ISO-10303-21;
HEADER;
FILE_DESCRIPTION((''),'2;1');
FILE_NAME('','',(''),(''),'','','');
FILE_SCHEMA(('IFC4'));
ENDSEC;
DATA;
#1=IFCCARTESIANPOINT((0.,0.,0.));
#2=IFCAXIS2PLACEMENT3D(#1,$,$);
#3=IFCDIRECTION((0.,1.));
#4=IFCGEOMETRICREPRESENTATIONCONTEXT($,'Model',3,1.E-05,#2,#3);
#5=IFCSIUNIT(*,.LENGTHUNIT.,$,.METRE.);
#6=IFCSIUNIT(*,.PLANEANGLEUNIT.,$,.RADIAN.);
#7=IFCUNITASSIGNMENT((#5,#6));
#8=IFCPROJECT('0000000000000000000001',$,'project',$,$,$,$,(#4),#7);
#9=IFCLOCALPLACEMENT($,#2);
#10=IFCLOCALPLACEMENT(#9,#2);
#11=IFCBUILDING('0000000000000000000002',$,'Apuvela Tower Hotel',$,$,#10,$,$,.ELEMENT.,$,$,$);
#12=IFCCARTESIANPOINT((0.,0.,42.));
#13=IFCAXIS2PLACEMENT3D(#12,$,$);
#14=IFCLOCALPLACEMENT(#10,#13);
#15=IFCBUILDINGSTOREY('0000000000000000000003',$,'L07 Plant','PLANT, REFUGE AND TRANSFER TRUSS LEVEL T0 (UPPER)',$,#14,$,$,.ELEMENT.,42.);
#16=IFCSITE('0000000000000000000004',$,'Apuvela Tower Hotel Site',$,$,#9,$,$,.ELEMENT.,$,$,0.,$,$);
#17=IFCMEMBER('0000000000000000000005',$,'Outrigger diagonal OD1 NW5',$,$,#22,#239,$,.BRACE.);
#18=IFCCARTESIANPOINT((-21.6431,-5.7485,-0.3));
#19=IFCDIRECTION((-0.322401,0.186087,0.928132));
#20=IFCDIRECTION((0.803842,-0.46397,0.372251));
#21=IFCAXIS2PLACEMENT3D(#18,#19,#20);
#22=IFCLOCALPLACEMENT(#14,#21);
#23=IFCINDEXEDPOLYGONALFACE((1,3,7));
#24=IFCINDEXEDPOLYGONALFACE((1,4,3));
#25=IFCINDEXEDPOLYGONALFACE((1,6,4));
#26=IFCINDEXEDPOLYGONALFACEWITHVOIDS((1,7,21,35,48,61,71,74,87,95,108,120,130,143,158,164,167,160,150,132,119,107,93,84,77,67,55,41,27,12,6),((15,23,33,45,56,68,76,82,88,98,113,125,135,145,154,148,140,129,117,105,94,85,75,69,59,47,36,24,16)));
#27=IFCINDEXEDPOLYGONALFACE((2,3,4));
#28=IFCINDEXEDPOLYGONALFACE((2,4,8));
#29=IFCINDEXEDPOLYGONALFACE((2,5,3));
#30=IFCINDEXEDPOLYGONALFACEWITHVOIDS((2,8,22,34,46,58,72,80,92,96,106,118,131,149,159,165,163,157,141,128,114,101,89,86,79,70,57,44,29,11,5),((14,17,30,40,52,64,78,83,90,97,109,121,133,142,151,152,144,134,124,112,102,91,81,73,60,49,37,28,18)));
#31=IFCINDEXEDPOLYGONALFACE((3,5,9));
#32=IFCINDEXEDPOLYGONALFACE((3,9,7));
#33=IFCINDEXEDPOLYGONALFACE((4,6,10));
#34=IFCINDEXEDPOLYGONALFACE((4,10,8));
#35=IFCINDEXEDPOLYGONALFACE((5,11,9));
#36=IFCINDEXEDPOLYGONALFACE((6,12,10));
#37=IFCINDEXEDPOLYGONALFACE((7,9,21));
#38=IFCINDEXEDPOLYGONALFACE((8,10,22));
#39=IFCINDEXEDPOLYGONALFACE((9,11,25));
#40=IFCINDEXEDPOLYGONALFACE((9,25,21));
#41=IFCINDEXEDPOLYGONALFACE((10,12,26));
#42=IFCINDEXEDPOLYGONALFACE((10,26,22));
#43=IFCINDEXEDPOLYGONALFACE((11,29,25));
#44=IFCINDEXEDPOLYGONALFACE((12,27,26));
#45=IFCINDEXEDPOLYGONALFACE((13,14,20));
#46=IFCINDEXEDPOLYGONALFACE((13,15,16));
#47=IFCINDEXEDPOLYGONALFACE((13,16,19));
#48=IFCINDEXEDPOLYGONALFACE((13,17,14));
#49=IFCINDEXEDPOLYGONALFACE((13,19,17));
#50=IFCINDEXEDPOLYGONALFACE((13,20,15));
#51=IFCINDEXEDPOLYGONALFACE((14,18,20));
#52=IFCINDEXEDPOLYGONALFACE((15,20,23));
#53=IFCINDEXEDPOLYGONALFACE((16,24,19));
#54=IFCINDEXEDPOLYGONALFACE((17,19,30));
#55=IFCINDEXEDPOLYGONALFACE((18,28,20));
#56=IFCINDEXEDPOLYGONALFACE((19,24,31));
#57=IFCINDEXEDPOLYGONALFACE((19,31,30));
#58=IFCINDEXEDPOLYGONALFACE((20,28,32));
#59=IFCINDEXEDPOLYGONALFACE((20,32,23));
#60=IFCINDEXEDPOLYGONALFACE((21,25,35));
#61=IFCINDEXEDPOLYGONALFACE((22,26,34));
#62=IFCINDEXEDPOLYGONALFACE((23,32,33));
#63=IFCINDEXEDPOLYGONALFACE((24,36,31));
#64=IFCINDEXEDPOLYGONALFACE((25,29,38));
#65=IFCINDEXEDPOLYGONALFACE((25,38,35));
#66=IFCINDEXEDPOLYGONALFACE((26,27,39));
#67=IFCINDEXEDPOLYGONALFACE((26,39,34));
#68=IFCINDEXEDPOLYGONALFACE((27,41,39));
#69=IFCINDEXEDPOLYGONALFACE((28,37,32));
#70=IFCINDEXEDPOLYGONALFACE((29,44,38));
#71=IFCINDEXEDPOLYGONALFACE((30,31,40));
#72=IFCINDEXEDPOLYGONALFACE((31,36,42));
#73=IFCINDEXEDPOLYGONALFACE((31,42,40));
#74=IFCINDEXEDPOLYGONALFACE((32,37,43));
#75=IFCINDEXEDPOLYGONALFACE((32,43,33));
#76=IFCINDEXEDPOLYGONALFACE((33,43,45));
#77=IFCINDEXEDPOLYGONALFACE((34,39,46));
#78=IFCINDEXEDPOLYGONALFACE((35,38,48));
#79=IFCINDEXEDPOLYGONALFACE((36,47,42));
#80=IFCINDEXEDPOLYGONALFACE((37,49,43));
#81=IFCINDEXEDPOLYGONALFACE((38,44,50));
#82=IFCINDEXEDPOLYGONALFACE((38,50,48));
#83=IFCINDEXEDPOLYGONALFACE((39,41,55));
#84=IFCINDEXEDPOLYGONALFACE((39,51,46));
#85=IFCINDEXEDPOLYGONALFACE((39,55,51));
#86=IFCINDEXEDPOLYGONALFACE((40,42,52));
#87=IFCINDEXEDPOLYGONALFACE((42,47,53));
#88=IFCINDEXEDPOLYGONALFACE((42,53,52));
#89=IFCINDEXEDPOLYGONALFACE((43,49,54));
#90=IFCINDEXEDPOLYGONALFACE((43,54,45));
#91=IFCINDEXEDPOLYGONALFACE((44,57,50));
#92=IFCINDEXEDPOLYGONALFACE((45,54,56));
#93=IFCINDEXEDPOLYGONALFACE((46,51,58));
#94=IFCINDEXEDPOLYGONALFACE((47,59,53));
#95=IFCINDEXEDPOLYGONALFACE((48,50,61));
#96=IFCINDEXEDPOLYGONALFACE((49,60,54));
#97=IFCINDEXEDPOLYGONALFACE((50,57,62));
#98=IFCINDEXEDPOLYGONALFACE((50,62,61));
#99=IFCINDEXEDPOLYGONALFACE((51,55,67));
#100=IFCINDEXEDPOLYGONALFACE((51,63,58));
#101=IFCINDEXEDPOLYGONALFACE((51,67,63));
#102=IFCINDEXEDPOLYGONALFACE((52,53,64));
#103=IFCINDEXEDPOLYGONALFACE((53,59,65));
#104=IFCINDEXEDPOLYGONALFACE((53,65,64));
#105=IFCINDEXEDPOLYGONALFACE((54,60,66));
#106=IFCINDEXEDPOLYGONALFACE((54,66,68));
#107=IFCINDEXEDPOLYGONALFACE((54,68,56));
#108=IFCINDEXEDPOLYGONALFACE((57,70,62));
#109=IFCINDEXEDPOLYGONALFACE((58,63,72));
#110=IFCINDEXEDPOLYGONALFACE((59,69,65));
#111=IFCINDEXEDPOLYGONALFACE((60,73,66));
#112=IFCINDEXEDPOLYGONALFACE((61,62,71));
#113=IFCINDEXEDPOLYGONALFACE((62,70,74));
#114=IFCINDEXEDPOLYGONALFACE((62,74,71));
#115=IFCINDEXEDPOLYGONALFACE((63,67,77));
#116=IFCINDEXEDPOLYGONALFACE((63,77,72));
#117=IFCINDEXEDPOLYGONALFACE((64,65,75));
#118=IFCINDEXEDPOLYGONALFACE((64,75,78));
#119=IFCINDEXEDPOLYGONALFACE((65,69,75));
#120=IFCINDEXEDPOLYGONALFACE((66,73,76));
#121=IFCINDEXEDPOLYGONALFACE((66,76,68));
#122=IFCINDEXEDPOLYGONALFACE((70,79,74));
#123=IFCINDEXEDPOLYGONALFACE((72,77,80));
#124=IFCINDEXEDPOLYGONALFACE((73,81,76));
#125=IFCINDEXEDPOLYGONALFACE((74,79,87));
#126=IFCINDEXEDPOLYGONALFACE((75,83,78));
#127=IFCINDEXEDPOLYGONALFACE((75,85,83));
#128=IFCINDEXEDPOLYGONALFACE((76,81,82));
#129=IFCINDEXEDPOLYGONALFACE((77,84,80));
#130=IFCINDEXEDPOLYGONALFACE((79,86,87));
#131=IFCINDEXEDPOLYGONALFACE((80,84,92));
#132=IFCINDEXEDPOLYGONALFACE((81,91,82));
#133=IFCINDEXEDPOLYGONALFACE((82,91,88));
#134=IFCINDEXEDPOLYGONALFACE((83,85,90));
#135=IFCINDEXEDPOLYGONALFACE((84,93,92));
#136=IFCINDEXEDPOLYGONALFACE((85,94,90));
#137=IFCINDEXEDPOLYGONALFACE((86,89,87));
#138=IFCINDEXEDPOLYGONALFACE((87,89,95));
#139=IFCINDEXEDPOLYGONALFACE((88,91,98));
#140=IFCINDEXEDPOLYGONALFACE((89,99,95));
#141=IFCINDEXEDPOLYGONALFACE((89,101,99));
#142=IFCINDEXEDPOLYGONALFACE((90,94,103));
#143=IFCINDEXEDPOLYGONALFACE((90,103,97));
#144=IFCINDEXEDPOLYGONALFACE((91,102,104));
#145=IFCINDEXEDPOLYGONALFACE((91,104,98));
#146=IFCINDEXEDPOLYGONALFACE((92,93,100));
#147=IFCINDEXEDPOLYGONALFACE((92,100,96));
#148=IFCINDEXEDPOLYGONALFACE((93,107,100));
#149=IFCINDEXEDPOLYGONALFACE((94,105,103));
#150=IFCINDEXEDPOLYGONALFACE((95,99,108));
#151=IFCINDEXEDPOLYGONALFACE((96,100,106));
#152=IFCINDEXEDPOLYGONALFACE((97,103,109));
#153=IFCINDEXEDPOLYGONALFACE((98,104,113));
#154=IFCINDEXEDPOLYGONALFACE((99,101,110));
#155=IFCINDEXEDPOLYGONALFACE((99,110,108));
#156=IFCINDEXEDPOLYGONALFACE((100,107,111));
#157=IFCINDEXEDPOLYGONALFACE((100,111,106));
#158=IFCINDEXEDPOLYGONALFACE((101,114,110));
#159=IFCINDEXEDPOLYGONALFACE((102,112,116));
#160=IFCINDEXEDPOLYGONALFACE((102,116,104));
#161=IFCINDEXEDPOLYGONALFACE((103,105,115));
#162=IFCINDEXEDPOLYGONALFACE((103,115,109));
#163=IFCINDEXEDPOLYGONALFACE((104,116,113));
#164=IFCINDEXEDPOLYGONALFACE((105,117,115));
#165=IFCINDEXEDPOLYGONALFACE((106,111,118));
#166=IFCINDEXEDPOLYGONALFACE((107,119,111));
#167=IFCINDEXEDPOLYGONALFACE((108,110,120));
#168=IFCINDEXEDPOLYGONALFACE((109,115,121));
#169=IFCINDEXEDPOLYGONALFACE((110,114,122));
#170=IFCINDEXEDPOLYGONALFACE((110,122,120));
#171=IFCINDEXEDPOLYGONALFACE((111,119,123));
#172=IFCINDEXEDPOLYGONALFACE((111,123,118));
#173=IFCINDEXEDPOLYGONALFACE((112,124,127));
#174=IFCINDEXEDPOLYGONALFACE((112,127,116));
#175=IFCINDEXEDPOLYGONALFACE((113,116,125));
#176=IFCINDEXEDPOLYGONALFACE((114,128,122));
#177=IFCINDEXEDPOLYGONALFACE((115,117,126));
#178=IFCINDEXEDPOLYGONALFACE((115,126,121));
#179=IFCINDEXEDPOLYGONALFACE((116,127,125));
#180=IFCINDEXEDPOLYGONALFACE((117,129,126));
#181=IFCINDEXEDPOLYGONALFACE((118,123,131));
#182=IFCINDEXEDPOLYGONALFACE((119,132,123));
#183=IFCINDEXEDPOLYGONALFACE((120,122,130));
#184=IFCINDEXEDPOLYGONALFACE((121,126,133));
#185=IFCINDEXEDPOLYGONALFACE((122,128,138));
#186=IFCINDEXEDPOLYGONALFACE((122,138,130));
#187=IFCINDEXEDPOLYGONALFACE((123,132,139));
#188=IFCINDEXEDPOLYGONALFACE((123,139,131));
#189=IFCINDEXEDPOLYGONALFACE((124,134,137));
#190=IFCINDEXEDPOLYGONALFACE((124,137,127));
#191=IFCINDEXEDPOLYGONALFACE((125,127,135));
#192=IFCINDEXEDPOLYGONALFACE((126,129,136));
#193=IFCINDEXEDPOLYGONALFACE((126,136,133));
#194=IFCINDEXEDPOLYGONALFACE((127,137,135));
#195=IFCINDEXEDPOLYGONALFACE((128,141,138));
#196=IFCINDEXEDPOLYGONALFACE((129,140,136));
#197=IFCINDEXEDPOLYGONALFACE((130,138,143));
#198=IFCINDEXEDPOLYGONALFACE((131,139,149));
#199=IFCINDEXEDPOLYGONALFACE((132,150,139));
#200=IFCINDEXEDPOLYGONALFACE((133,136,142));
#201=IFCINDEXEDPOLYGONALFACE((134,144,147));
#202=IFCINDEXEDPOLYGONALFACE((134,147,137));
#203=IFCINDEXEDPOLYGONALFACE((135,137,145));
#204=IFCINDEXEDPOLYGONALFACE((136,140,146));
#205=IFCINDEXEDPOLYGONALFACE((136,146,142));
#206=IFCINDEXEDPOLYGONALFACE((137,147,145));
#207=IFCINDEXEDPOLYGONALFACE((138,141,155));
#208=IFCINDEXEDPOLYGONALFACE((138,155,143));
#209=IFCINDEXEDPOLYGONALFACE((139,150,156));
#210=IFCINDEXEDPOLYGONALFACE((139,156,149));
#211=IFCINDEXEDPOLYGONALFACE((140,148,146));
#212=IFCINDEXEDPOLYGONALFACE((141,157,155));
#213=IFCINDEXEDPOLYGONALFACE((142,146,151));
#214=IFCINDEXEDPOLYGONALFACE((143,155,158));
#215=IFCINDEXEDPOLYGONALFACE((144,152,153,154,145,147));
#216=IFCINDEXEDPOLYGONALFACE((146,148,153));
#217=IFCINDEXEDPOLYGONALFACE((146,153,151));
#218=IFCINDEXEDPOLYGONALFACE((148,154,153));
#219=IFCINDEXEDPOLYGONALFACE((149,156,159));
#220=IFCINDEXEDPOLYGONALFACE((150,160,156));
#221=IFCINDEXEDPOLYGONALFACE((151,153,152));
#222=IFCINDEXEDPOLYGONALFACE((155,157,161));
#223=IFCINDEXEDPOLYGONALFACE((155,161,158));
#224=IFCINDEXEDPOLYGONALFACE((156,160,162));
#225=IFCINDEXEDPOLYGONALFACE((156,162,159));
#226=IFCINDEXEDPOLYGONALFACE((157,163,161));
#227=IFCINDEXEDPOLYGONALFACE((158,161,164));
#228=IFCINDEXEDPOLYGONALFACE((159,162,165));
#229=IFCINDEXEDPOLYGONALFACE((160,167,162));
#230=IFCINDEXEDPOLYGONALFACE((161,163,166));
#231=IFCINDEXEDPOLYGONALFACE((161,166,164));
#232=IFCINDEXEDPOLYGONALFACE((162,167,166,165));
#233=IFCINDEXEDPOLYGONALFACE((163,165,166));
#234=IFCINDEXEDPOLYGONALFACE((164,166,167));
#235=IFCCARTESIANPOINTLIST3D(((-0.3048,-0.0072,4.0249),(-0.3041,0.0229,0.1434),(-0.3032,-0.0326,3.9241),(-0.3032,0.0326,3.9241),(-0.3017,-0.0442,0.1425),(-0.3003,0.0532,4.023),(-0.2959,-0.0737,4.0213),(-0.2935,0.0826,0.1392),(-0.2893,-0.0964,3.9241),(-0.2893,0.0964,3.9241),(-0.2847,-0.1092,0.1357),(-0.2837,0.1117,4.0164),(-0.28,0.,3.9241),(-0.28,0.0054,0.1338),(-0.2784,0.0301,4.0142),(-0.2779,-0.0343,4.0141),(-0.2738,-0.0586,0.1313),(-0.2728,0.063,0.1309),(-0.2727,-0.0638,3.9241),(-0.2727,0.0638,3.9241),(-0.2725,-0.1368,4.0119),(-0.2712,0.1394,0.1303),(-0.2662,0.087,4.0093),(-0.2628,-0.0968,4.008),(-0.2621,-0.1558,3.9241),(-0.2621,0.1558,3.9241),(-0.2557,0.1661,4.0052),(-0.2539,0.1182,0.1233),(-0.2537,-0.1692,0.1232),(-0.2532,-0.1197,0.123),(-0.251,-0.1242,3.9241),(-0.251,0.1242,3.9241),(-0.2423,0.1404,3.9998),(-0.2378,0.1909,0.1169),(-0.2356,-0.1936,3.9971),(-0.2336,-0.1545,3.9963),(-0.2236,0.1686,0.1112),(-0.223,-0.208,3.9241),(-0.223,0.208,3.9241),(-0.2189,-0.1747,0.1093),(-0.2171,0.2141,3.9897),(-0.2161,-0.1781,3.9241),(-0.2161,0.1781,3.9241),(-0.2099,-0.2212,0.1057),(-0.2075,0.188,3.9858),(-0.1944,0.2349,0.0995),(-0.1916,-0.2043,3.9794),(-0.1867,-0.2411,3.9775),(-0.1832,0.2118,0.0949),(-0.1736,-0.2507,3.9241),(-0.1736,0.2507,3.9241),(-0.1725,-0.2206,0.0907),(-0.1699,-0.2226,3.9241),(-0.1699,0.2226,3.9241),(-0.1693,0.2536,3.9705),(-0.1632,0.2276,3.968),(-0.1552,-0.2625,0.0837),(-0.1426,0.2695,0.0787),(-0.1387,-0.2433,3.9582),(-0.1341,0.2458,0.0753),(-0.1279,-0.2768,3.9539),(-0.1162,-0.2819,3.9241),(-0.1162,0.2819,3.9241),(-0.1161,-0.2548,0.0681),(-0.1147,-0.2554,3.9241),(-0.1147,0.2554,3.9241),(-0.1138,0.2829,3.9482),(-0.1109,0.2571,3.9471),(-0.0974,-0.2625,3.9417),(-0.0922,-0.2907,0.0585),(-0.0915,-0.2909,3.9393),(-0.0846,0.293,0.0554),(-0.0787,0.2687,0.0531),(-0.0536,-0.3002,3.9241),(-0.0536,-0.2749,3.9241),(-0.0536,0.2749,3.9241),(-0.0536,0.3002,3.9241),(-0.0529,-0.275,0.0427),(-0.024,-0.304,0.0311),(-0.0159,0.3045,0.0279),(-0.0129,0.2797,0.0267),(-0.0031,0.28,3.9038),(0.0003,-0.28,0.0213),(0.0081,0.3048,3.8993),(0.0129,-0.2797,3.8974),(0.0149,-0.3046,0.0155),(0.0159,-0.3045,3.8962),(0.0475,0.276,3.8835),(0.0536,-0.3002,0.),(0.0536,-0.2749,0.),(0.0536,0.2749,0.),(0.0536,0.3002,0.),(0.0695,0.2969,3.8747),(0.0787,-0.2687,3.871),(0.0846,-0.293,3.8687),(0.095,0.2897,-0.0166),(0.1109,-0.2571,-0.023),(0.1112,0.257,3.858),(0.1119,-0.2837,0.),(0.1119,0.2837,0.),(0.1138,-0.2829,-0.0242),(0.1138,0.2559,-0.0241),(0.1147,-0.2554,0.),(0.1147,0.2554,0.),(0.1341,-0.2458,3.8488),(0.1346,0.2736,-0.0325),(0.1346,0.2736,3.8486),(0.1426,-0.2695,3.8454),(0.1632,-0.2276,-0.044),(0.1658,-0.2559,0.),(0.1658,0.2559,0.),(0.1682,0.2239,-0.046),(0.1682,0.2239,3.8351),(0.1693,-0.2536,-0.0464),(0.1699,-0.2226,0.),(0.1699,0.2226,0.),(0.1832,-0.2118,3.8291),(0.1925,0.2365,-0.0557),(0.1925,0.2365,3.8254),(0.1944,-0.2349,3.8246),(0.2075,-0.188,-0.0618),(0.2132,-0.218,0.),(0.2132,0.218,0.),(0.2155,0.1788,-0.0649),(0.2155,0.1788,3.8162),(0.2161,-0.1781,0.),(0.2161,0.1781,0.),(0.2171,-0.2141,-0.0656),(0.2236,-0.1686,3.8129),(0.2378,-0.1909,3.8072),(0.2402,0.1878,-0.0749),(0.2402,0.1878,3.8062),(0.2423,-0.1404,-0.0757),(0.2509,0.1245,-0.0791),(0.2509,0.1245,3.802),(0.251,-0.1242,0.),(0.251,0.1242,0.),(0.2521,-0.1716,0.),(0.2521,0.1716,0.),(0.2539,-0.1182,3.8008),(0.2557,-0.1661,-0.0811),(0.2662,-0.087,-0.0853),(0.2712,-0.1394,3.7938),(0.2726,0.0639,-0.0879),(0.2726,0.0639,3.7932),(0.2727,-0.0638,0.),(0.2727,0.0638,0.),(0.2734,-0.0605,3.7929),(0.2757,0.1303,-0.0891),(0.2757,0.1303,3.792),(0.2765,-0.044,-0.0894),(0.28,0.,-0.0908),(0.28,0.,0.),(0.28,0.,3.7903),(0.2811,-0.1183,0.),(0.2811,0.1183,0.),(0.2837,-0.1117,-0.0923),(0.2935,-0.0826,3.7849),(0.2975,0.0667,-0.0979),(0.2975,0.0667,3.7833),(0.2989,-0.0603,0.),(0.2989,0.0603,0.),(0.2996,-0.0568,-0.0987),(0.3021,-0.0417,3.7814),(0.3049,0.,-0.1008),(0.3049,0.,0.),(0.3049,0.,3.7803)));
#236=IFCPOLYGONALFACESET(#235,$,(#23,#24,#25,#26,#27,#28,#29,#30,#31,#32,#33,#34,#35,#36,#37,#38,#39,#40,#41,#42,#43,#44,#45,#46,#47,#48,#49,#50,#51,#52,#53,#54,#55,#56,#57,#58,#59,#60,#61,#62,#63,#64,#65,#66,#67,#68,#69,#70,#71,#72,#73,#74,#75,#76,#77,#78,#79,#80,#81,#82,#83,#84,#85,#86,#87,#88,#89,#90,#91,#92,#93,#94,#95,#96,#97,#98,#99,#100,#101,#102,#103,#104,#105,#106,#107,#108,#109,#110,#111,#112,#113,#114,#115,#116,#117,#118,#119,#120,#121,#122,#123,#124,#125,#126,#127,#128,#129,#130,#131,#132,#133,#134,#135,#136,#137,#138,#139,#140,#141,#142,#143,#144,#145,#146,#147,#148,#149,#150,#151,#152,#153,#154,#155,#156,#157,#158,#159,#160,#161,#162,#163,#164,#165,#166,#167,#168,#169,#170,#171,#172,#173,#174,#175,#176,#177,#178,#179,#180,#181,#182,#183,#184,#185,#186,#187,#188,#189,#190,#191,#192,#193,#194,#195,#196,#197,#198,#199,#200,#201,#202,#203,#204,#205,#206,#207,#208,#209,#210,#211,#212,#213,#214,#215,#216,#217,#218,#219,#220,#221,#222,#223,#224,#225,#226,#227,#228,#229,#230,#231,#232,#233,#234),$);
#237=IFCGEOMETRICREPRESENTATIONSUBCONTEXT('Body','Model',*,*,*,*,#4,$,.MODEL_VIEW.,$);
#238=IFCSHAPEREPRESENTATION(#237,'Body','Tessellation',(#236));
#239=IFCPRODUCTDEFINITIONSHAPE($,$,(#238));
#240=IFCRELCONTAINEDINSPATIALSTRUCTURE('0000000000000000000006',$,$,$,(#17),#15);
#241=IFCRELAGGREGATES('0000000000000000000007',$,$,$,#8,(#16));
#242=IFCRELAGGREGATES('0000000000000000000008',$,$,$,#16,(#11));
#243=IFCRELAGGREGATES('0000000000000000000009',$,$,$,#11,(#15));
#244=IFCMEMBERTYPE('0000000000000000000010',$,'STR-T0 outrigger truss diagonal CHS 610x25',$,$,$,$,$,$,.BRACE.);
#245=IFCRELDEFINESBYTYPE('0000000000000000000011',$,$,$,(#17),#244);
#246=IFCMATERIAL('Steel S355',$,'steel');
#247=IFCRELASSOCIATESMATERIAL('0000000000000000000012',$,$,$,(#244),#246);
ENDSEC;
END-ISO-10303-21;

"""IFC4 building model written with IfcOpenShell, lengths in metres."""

from ifc_helpers import new_model, si_unit, direction, frame, origin, origin_2d, place, context, subcontext, project, spatial, hollow_circle, extrude, boolean, halfspace, material, material_profile, profile_set, type_object, element, save


model = new_model("IFC4")

# Units and contexts
model_context = context("Model", 3, precision=1e-05, world=origin(), true_north=direction((0.0, 1.0)))
body_context = subcontext(model_context, "Body", "Model", "MODEL_VIEW")
ifc_project = project(units=[si_unit("LENGTHUNIT", "METRE"), si_unit("PLANEANGLEUNIT", "RADIAN")], contexts=[model_context])

# Site, building, storey
site_placement = place(None, origin())
site = spatial("IfcSite", under=ifc_project, at=site_placement, Name="Apuvela Tower Hotel Site", CompositionType="ELEMENT", RefElevation=0.0)
building_placement = place(site_placement, origin())
building = spatial("IfcBuilding", under=site, at=building_placement, Name="Apuvela Tower Hotel", CompositionType="ELEMENT")
storey_placement = place(building_placement, frame((0.0, 0.0, 42.0)))
storey = spatial("IfcBuildingStorey", under=building, at=storey_placement, Name="L07 Plant", Description="PLANT, REFUGE AND TRANSFER TRUSS LEVEL T0 (UPPER)", CompositionType="ELEMENT", Elevation=42.0)

# Shared definitions
ifc_material_1 = material(Name="Steel S355", Category="steel")

# Member
ifc_material_profile_1 = material_profile(ifc_material_1, hollow_circle(Radius=0.3049, WallThickness=0.0249, at=origin_2d()), Name="CHS 610x25")
ifc_profile_set_1 = profile_set([ifc_material_profile_1], Name="Steel S355")
member_type = type_object("IfcMemberType", Name="STR-T0 outrigger truss diagonal CHS 610x25", PredefinedType="BRACE", material=ifc_profile_set_1)
member_placement = place(storey_placement, frame((-21.6431, -5.7485, -0.3), z_axis=(-0.322401, 0.186087, 0.928132), x_axis=(0.803842, -0.46397, 0.372251)))
solid = boolean("DIFFERENCE", boolean("DIFFERENCE", extrude(hollow_circle(Radius=0.3049, WallThickness=0.0249, at=origin_2d()), frame((0.0, 0.0, -0.2422)), (0.0, 0.0, 1.0), 4.4087), halfspace(frame((0.0, 0.0, 0.0215), z_axis=(0.372251, 0.0, 0.928132), x_axis=(0.928132, 0.0, -0.372251)), True)), halfspace(frame((0.0, 0.0, 3.9026), z_axis=(0.372251, 0.0, 0.928132), x_axis=(0.928132, 0.0, -0.372251)), False))
element("IfcMember", 1, at=member_placement, inside=storey, type_object=member_type, Name="Outrigger diagonal OD1 NW5", PredefinedType="BRACE", context=body_context, shape_type="SweptSolid", body=[
    boolean("UNION", boolean("DIFFERENCE", boolean("DIFFERENCE", extrude(hollow_circle(Radius=0.3049, WallThickness=0.0249, at=origin_2d()), origin(), (0.0, 0.0, 1.0), 3.9241), halfspace(frame((0.0, 0.0, 0.0215), z_axis=(0.372251, 0.0, 0.928132), x_axis=(0.928132, 0.0, -0.372251)), True)), halfspace(frame((0.0, 0.0, 3.9026), z_axis=(0.372251, 0.0, 0.928132), x_axis=(0.928132, 0.0, -0.372251)), False)), solid),
])

save(model, "model.ifc")
